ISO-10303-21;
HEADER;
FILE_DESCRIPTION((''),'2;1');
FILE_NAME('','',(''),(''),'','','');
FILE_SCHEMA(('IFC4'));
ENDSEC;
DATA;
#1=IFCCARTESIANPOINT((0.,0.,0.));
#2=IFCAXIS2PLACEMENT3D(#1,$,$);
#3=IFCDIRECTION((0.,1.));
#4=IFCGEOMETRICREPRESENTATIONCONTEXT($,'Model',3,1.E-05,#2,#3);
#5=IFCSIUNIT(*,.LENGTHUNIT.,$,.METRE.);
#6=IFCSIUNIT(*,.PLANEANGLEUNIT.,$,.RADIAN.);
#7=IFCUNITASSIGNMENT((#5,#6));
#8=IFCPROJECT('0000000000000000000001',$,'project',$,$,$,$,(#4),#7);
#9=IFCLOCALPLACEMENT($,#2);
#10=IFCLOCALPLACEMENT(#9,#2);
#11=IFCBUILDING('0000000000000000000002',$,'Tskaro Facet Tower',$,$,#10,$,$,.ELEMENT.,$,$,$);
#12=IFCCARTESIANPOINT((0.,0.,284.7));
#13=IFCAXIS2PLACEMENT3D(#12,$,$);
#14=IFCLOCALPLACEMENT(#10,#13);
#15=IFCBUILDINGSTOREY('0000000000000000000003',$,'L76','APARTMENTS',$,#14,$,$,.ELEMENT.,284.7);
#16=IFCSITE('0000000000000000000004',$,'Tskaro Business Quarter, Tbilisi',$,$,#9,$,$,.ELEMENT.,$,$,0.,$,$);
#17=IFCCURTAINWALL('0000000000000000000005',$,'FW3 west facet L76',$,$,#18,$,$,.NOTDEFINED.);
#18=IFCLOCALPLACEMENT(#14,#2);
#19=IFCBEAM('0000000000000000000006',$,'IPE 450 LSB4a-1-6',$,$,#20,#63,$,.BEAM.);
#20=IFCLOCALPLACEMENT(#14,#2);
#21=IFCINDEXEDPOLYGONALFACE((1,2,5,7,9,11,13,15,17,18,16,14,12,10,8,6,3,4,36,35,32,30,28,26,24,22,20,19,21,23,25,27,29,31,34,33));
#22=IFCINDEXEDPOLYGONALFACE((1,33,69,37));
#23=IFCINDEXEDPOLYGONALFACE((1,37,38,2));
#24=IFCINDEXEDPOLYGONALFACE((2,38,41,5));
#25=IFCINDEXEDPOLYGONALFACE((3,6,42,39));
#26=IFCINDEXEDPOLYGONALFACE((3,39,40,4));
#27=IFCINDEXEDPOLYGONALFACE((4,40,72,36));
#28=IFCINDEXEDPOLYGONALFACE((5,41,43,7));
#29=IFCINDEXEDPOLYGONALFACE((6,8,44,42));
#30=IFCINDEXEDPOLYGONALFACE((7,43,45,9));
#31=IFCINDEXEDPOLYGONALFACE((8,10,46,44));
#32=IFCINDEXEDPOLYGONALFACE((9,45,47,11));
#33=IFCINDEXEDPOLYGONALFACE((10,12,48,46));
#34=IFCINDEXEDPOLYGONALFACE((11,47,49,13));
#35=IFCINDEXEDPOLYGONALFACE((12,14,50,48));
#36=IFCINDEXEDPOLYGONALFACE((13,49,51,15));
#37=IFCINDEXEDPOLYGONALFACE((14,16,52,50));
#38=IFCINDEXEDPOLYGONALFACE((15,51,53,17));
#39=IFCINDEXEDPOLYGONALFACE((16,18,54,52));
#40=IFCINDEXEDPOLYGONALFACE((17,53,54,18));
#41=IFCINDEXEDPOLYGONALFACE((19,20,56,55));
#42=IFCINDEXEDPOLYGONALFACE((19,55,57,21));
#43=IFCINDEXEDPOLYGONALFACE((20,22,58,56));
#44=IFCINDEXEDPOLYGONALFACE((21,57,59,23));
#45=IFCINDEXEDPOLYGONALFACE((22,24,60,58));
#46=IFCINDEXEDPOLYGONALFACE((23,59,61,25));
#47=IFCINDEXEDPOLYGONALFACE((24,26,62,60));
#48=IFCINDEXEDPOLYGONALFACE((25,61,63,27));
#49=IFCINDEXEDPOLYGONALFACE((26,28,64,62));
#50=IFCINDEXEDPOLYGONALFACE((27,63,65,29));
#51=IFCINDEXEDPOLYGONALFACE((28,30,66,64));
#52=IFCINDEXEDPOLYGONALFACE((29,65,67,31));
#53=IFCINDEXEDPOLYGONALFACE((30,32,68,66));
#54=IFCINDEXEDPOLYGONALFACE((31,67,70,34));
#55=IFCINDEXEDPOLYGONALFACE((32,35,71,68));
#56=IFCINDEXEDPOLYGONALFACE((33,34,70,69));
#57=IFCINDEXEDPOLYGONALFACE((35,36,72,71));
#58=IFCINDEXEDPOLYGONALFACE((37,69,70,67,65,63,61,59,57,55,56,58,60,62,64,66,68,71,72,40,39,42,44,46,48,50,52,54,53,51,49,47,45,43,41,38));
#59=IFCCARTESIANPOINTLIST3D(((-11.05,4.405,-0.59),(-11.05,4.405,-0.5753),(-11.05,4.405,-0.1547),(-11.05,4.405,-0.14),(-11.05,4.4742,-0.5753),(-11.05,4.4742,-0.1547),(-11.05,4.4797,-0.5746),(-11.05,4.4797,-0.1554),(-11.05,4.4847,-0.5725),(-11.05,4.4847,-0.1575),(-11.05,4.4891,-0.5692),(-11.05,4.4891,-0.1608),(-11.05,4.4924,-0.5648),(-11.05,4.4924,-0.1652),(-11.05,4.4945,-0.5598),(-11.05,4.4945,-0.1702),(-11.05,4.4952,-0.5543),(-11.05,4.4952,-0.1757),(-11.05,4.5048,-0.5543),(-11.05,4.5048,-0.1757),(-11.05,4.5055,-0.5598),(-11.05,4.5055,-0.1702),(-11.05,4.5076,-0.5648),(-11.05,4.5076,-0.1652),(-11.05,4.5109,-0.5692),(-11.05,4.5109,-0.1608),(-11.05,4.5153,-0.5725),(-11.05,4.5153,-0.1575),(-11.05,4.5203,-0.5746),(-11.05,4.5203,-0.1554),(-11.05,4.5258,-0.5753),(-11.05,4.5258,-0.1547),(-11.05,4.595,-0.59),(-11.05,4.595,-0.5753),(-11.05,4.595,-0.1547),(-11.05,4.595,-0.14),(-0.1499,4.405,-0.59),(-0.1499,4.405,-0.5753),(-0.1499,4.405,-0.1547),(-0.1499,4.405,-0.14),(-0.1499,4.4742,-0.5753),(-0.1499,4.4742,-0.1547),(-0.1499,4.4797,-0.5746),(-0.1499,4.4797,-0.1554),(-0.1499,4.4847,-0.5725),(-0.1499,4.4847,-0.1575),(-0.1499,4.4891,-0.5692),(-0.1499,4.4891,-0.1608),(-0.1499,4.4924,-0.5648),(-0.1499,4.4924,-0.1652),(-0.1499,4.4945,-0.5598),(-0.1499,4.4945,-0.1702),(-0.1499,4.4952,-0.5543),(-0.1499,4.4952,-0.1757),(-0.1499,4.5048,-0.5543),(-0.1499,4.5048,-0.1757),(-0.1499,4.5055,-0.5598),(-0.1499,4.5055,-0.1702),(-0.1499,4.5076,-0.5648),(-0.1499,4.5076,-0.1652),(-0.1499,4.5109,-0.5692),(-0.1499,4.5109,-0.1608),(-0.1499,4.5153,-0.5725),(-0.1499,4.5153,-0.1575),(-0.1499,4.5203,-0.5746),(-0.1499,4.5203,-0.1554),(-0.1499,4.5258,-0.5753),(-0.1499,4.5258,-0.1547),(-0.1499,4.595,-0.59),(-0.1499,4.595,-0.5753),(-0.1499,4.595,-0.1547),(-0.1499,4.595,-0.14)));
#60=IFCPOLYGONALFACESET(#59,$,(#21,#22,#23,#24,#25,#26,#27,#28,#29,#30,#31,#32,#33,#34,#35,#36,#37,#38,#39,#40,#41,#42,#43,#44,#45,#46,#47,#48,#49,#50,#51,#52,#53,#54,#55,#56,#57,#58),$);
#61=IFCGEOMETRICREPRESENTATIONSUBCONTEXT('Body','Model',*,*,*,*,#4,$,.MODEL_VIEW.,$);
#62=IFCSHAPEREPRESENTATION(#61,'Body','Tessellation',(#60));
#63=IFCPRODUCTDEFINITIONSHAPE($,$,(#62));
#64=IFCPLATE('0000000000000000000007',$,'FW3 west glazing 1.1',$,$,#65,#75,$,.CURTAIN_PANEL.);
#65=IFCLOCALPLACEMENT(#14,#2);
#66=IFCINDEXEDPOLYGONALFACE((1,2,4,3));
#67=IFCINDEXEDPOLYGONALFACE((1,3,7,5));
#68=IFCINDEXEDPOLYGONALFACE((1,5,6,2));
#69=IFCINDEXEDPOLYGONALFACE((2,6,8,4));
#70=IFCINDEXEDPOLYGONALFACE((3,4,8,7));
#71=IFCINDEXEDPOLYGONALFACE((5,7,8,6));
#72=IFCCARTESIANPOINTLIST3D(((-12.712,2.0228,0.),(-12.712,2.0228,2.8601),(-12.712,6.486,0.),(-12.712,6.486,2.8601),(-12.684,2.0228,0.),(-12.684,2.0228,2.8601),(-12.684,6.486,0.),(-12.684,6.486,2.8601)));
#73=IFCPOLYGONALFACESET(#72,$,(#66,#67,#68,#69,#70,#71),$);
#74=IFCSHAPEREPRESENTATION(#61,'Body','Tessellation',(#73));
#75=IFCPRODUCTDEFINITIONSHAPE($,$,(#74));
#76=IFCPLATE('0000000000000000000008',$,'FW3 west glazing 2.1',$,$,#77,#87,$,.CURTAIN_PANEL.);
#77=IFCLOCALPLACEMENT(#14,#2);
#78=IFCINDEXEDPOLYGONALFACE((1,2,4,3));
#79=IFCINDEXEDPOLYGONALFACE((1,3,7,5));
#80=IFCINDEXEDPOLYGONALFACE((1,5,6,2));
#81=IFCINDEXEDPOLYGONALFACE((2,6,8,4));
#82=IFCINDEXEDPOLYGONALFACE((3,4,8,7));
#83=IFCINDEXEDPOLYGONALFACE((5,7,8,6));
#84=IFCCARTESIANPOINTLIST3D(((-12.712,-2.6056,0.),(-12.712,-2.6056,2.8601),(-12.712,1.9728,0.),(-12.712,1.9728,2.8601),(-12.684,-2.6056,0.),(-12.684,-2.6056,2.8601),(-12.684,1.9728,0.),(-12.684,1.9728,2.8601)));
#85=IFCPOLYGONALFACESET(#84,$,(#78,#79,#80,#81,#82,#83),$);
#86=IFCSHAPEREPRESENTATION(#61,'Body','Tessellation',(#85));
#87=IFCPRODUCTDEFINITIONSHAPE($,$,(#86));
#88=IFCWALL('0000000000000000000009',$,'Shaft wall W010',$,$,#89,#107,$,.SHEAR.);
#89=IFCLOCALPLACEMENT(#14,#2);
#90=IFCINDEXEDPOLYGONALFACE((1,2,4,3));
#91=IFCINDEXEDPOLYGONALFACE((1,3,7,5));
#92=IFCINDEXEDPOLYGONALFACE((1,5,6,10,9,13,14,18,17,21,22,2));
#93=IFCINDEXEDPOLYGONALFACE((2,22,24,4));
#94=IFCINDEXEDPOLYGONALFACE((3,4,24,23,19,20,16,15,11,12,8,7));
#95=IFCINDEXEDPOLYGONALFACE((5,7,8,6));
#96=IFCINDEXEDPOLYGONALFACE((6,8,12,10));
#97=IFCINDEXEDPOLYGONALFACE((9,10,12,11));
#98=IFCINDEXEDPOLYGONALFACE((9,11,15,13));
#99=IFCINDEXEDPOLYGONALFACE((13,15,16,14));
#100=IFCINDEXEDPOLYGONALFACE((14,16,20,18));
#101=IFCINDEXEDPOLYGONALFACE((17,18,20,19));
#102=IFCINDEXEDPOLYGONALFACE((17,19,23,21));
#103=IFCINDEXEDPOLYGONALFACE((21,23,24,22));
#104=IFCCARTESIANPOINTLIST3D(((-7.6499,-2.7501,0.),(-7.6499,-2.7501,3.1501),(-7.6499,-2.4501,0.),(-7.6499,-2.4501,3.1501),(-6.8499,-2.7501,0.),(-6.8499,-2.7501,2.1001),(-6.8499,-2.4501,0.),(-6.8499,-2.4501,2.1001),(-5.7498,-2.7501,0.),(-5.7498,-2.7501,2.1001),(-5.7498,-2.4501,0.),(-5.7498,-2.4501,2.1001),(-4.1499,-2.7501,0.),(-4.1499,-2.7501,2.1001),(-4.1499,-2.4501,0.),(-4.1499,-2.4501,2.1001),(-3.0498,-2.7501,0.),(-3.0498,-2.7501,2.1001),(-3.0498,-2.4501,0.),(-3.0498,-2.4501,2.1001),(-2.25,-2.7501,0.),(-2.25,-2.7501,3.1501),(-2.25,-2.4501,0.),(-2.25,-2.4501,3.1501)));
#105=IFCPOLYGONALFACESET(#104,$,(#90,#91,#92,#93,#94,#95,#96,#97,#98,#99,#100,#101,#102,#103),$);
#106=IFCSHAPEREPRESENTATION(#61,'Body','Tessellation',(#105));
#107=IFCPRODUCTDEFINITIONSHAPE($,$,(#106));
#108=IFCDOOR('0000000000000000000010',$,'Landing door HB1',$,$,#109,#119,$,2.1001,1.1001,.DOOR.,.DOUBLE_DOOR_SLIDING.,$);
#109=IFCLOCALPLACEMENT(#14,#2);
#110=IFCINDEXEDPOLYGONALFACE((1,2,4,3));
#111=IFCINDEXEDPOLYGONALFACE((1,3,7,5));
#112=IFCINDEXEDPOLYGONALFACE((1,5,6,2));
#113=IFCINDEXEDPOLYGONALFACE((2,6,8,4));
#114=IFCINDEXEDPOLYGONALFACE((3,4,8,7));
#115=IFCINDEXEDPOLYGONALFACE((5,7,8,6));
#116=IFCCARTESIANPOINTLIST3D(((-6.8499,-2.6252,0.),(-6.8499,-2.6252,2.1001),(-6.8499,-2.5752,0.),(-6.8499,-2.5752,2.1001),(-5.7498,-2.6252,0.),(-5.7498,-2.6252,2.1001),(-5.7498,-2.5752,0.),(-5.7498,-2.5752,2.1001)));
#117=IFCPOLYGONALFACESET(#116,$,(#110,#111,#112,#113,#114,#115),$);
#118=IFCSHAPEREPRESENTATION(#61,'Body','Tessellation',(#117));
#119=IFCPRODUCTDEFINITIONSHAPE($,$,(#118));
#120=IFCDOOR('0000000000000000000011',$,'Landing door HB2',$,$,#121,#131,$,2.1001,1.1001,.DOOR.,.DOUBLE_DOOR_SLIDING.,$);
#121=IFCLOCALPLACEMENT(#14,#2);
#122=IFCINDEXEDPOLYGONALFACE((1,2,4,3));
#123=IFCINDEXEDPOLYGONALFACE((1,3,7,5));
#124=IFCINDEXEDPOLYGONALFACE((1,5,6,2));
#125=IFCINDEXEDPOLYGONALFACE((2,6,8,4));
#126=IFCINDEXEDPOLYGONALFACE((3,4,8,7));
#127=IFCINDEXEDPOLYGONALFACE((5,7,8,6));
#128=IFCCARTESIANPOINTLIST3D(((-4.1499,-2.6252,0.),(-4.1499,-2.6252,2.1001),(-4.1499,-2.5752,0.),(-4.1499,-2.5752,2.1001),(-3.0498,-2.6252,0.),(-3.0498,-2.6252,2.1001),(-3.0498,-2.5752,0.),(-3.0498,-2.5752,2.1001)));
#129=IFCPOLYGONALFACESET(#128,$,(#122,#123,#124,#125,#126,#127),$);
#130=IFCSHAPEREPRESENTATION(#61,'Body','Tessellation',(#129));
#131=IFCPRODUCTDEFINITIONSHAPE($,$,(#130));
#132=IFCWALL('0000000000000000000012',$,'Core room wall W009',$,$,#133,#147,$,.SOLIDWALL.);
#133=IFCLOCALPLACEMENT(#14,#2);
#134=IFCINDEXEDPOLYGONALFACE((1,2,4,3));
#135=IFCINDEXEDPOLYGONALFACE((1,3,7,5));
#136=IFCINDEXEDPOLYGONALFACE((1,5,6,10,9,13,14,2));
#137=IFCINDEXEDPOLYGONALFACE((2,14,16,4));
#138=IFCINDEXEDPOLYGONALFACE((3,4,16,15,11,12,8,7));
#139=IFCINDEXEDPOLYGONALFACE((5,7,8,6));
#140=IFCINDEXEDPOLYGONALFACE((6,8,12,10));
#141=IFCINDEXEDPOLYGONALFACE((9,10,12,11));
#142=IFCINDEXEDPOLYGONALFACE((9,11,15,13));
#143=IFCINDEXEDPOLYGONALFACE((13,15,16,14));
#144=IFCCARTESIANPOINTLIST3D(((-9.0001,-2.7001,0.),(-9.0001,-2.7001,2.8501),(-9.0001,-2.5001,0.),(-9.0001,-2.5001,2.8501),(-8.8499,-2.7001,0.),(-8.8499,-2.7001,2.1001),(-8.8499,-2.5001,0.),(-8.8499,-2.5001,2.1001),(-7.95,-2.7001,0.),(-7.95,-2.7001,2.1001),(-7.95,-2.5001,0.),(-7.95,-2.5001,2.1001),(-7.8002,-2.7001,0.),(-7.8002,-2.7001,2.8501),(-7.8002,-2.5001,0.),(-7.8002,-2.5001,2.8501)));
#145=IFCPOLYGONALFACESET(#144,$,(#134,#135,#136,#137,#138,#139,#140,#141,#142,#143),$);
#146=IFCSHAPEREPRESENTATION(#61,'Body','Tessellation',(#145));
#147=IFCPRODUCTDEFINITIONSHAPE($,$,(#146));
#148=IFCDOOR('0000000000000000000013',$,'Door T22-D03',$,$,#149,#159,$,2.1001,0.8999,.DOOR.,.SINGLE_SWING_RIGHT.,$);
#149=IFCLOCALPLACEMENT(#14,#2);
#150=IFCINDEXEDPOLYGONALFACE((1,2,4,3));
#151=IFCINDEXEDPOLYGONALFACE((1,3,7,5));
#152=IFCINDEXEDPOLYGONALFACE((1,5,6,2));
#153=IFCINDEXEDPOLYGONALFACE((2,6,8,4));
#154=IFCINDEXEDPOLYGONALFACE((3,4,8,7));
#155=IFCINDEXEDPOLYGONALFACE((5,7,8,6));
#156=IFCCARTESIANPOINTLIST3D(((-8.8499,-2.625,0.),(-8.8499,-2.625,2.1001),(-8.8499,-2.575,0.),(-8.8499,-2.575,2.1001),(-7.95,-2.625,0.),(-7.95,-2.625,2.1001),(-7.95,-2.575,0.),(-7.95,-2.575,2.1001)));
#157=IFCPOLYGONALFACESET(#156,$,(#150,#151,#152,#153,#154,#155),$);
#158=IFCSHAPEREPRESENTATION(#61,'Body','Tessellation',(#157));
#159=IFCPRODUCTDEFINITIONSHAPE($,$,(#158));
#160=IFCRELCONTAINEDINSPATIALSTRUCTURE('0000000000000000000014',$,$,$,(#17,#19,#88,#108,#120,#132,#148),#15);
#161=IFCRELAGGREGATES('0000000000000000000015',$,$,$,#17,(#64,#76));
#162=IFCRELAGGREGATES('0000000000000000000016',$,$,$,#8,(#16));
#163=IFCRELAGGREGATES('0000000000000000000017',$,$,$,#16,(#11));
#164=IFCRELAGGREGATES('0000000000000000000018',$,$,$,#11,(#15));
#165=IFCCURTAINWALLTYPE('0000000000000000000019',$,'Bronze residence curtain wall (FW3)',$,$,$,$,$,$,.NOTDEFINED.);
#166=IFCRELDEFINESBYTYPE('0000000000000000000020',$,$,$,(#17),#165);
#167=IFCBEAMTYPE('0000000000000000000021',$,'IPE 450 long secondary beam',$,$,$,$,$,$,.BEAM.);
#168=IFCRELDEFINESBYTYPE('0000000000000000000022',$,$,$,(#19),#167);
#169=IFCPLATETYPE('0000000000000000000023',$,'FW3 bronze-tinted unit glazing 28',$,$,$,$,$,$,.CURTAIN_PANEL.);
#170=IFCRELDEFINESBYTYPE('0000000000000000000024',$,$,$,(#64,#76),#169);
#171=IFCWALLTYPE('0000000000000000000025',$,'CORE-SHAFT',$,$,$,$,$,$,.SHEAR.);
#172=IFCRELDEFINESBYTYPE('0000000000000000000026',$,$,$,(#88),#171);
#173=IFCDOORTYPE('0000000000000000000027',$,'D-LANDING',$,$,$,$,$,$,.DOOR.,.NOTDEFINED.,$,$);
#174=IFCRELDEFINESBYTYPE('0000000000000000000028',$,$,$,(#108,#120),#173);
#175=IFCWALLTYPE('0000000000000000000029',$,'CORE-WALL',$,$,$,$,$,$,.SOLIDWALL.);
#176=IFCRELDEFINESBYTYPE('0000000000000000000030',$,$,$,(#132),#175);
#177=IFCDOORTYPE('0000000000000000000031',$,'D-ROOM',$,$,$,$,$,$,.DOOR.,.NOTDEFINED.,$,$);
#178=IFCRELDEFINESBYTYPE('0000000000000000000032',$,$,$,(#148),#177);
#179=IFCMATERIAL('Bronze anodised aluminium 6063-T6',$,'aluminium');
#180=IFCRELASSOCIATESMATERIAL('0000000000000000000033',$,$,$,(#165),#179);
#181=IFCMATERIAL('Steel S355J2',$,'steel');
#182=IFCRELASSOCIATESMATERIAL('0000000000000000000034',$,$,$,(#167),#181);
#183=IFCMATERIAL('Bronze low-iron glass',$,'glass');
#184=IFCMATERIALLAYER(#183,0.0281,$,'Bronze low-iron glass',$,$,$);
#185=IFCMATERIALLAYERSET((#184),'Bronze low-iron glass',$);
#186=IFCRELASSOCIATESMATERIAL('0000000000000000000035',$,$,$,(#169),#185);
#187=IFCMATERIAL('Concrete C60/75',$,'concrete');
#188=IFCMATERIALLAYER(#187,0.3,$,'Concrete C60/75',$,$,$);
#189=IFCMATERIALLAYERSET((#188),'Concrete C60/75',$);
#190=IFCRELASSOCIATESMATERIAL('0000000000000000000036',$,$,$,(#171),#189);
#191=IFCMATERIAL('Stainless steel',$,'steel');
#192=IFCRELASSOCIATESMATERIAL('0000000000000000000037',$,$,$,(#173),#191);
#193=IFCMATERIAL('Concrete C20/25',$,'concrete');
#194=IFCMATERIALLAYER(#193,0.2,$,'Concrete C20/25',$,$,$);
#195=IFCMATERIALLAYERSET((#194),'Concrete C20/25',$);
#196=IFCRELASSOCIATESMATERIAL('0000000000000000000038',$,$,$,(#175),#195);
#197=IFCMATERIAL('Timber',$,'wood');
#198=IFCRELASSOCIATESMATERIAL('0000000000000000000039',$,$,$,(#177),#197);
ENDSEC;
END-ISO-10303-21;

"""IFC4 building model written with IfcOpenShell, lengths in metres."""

from ifc_helpers import new_model, si_unit, direction, frame, frame_2d, origin, origin_2d, place, context, subcontext, project, spatial, rectangle, i_section, extrude, material, layer, layer_set, material_profile, profile_set, type_object, element, fill, aggregate, save


model = new_model("IFC4")

# Units and contexts
model_context = context("Model", 3, precision=1e-05, world=origin(), true_north=direction((0.0, 1.0)))
body_context = subcontext(model_context, "Body", "Model", "MODEL_VIEW")
ifc_project = project(units=[si_unit("LENGTHUNIT", "METRE"), si_unit("PLANEANGLEUNIT", "RADIAN")], contexts=[model_context])

# Site, building, storey
site_placement = place(None, origin())
site = spatial("IfcSite", under=ifc_project, at=site_placement, Name="Tskaro Business Quarter, Tbilisi", CompositionType="ELEMENT", RefElevation=0.0)
building_placement = place(site_placement, origin())
building = spatial("IfcBuilding", under=site, at=building_placement, Name="Tskaro Facet Tower", CompositionType="ELEMENT")
storey_placement = place(building_placement, frame((0.0, 0.0, 284.7)))
storey = spatial("IfcBuildingStorey", under=building, at=storey_placement, Name="L76", Description="APARTMENTS", CompositionType="ELEMENT", Elevation=284.7)

# Curtain wall
ifc_material_1 = material(Name="Bronze anodised aluminium 6063-T6", Category="aluminium")
curtain_wall_type = type_object("IfcCurtainWallType", Name="Bronze residence curtain wall (FW3)", PredefinedType="NOTDEFINED", material=ifc_material_1)
curtain_wall_placement = place(storey_placement, origin())
curtain_wall = element("IfcCurtainWall", 1, at=curtain_wall_placement, inside=storey, type_object=curtain_wall_type, Name="FW3 west facet L76", PredefinedType="NOTDEFINED")

# Beam
ifc_material_2 = material(Name="Steel S355J2", Category="steel")
ifc_material_profile_1 = material_profile(ifc_material_2, i_section(OverallWidth=0.1899, OverallDepth=0.45, WebThickness=0.0095, FlangeThickness=0.0146, FilletRadius=0.021, at=origin_2d()), Name="IPE 450")
ifc_profile_set_1 = profile_set([ifc_material_profile_1], Name="Steel S355J2")
beam_type_1 = type_object("IfcBeamType", Name="IPE 450 long secondary beam", PredefinedType="BEAM", material=ifc_profile_set_1)
beam_1_placement = place(storey_placement, frame((-11.05, 4.5, -0.365), z_axis=(1.0, 0.0, 0.0), x_axis=(0.0, 1.0, 0.0)))
element("IfcBeam", 2, at=beam_1_placement, inside=storey, type_object=beam_type_1, Name="IPE 450 LSB4a-1-6", PredefinedType="BEAM", context=body_context, shape_type="SweptSolid", body=[
    extrude(i_section(OverallWidth=0.1899, OverallDepth=0.45, WebThickness=0.0095, FlangeThickness=0.0146, FilletRadius=0.021, at=origin_2d()), origin(), (0.0, 0.0, 1.0), 10.9001),
])

# Plates
ifc_material_3 = material(Name="Bronze low-iron glass", Category="glass")
ifc_layer_1 = layer(ifc_material_3, 0.0281, Name="Bronze low-iron glass")
ifc_layer_set_1 = layer_set([ifc_layer_1], Name="Bronze low-iron glass")
plate_type = type_object("IfcPlateType", Name="FW3 bronze-tinted unit glazing 28", PredefinedType="CURTAIN_PANEL", material=ifc_layer_set_1)
plate_1_placement = place(storey_placement, frame((-12.698, 4.2544, 0.0), z_axis=(0.0, 0.0, 1.0), x_axis=(0.0, -1.0, 0.0)))
plate_1 = element("IfcPlate", 3, at=plate_1_placement, type_object=plate_type, Name="FW3 west glazing 1.1", PredefinedType="CURTAIN_PANEL", context=body_context, shape_type="SweptSolid", body=[
    extrude(rectangle(XDim=4.4631, YDim=0.0281, at=origin_2d()), origin(), (0.0, 0.0, 1.0), 2.8601),
])
plate_2_placement = place(storey_placement, frame((-12.698, -0.3164, 0.0), z_axis=(0.0, 0.0, 1.0), x_axis=(0.0, -1.0, 0.0)))
plate_2 = element("IfcPlate", 4, at=plate_2_placement, type_object=plate_type, Name="FW3 west glazing 2.1", PredefinedType="CURTAIN_PANEL", context=body_context, shape_type="SweptSolid", body=[
    extrude(rectangle(XDim=4.5784, YDim=0.0281, at=origin_2d()), origin(), (0.0, 0.0, 1.0), 2.8601),
])
aggregate(curtain_wall, [plate_1, plate_2])

# Wall, openings, doors
ifc_material_4 = material(Name="Concrete C60/75", Category="concrete")
ifc_layer_2 = layer(ifc_material_4, 0.3, Name="Concrete C60/75")
ifc_layer_set_2 = layer_set([ifc_layer_2], Name="Concrete C60/75")
wall_type_1 = type_object("IfcWallType", Name="CORE-SHAFT", PredefinedType="SHEAR", material=ifc_layer_set_2)
wall_1_placement = place(storey_placement, frame((-7.6499, -2.6001, 0.0), z_axis=(0.0, 0.0, 1.0), x_axis=(1.0, 0.0, 0.0)))
wall_1 = element("IfcWall", 5, at=wall_1_placement, inside=storey, type_object=wall_type_1, Name="Shaft wall W010", PredefinedType="SHEAR", context=body_context, shape_type="SweptSolid", body=[
    extrude(rectangle(XDim=5.3999, YDim=0.3, at=frame_2d((2.7, 0.0))), origin(), (0.0, 0.0, 1.0), 3.1501),
])
opening_1_placement = place(wall_1_placement, frame((0.8, 0.0, 0.0)))
opening_1 = element("IfcOpeningElement", 6, at=opening_1_placement, cuts=wall_1, PredefinedType="OPENING", context=body_context, shape_type="SweptSolid", body=[
    extrude(rectangle(XDim=1.1001, YDim=2.1001, at=frame_2d((0.55, 1.05))), frame((0.0, 0.1599, 0.0), z_axis=(0.0, -1.0, 0.0), x_axis=(1.0, 0.0, 0.0)), (0.0, 0.0, 1.0), 0.3201),
])
opening_2_placement = place(wall_1_placement, frame((3.5, 0.0, 0.0)))
opening_2 = element("IfcOpeningElement", 7, at=opening_2_placement, cuts=wall_1, PredefinedType="OPENING", context=body_context, shape_type="SweptSolid", body=[
    extrude(rectangle(XDim=1.1001, YDim=2.1001, at=frame_2d((0.55, 1.05))), frame((0.0, 0.1599, 0.0), z_axis=(0.0, -1.0, 0.0), x_axis=(1.0, 0.0, 0.0)), (0.0, 0.0, 1.0), 0.3201),
])
ifc_material_5 = material(Name="Stainless steel", Category="steel")
door_type_1 = type_object("IfcDoorType", Name="D-LANDING", OperationType="NOTDEFINED", PredefinedType="DOOR", material=ifc_material_5)
door_1_placement = place(opening_1_placement, origin())
door_1 = element("IfcDoor", 8, at=door_1_placement, inside=storey, type_object=door_type_1, Name="Landing door HB1", OperationType="DOUBLE_DOOR_SLIDING", OverallHeight=2.1001, OverallWidth=1.1001, PredefinedType="DOOR", context=body_context, shape_type="SweptSolid", body=[
    extrude(rectangle(XDim=1.1001, YDim=2.1001, at=frame_2d((0.55, 1.05))), frame((0.0, 0.0249, 0.0), z_axis=(0.0, -1.0, 0.0), x_axis=(1.0, 0.0, 0.0)), (0.0, 0.0, 1.0), 0.05),
])
fill(opening_1, door_1)
door_2_placement = place(opening_2_placement, origin())
door_2 = element("IfcDoor", 9, at=door_2_placement, inside=storey, type_object=door_type_1, Name="Landing door HB2", OperationType="DOUBLE_DOOR_SLIDING", OverallHeight=2.1001, OverallWidth=1.1001, PredefinedType="DOOR", context=body_context, shape_type="SweptSolid", body=[
    extrude(rectangle(XDim=1.1001, YDim=2.1001, at=frame_2d((0.55, 1.05))), frame((0.0, 0.0249, 0.0), z_axis=(0.0, -1.0, 0.0), x_axis=(1.0, 0.0, 0.0)), (0.0, 0.0, 1.0), 0.05),
])
fill(opening_2, door_2)

# Wall, opening, door
ifc_material_6 = material(Name="Concrete C20/25", Category="concrete")
ifc_layer_3 = layer(ifc_material_6, 0.2, Name="Concrete C20/25")
ifc_layer_set_3 = layer_set([ifc_layer_3], Name="Concrete C20/25")
wall_type_2 = type_object("IfcWallType", Name="CORE-WALL", PredefinedType="SOLIDWALL", material=ifc_layer_set_3)
wall_2_placement = place(storey_placement, frame((-7.8, -2.6001, 0.0), z_axis=(0.0, 0.0, 1.0), x_axis=(-1.0, 0.0, 0.0)))
wall_2 = element("IfcWall", 10, at=wall_2_placement, inside=storey, type_object=wall_type_2, Name="Core room wall W009", PredefinedType="SOLIDWALL", context=body_context, shape_type="SweptSolid", body=[
    extrude(rectangle(XDim=1.2, YDim=0.2, at=frame_2d((0.6001, 0.0))), origin(), (0.0, 0.0, 1.0), 2.8501),
])
opening_3_placement = place(wall_2_placement, frame((0.1499, 0.0, 0.0)))
opening_3 = element("IfcOpeningElement", 11, at=opening_3_placement, cuts=wall_2, PredefinedType="OPENING", context=body_context, shape_type="SweptSolid", body=[
    extrude(rectangle(XDim=0.8999, YDim=2.1001, at=frame_2d((0.45, 1.05))), frame((0.0, 0.1099, 0.0), z_axis=(0.0, -1.0, 0.0), x_axis=(1.0, 0.0, 0.0)), (0.0, 0.0, 1.0), 0.22),
])
ifc_material_7 = material(Name="Timber", Category="wood")
door_type_2 = type_object("IfcDoorType", Name="D-ROOM", OperationType="NOTDEFINED", PredefinedType="DOOR", material=ifc_material_7)
door_3_placement = place(opening_3_placement, origin())
door_3 = element("IfcDoor", 12, at=door_3_placement, inside=storey, type_object=door_type_2, Name="Door T22-D03", OperationType="SINGLE_SWING_RIGHT", OverallHeight=2.1001, OverallWidth=0.8999, PredefinedType="DOOR", context=body_context, shape_type="SweptSolid", body=[
    extrude(rectangle(XDim=0.8999, YDim=2.1001, at=frame_2d((0.45, 1.05))), frame((0.0, 0.0249, 0.0), z_axis=(0.0, -1.0, 0.0), x_axis=(1.0, 0.0, 0.0)), (0.0, 0.0, 1.0), 0.05),
])
fill(opening_3, door_3)

save(model, "model.ifc")
